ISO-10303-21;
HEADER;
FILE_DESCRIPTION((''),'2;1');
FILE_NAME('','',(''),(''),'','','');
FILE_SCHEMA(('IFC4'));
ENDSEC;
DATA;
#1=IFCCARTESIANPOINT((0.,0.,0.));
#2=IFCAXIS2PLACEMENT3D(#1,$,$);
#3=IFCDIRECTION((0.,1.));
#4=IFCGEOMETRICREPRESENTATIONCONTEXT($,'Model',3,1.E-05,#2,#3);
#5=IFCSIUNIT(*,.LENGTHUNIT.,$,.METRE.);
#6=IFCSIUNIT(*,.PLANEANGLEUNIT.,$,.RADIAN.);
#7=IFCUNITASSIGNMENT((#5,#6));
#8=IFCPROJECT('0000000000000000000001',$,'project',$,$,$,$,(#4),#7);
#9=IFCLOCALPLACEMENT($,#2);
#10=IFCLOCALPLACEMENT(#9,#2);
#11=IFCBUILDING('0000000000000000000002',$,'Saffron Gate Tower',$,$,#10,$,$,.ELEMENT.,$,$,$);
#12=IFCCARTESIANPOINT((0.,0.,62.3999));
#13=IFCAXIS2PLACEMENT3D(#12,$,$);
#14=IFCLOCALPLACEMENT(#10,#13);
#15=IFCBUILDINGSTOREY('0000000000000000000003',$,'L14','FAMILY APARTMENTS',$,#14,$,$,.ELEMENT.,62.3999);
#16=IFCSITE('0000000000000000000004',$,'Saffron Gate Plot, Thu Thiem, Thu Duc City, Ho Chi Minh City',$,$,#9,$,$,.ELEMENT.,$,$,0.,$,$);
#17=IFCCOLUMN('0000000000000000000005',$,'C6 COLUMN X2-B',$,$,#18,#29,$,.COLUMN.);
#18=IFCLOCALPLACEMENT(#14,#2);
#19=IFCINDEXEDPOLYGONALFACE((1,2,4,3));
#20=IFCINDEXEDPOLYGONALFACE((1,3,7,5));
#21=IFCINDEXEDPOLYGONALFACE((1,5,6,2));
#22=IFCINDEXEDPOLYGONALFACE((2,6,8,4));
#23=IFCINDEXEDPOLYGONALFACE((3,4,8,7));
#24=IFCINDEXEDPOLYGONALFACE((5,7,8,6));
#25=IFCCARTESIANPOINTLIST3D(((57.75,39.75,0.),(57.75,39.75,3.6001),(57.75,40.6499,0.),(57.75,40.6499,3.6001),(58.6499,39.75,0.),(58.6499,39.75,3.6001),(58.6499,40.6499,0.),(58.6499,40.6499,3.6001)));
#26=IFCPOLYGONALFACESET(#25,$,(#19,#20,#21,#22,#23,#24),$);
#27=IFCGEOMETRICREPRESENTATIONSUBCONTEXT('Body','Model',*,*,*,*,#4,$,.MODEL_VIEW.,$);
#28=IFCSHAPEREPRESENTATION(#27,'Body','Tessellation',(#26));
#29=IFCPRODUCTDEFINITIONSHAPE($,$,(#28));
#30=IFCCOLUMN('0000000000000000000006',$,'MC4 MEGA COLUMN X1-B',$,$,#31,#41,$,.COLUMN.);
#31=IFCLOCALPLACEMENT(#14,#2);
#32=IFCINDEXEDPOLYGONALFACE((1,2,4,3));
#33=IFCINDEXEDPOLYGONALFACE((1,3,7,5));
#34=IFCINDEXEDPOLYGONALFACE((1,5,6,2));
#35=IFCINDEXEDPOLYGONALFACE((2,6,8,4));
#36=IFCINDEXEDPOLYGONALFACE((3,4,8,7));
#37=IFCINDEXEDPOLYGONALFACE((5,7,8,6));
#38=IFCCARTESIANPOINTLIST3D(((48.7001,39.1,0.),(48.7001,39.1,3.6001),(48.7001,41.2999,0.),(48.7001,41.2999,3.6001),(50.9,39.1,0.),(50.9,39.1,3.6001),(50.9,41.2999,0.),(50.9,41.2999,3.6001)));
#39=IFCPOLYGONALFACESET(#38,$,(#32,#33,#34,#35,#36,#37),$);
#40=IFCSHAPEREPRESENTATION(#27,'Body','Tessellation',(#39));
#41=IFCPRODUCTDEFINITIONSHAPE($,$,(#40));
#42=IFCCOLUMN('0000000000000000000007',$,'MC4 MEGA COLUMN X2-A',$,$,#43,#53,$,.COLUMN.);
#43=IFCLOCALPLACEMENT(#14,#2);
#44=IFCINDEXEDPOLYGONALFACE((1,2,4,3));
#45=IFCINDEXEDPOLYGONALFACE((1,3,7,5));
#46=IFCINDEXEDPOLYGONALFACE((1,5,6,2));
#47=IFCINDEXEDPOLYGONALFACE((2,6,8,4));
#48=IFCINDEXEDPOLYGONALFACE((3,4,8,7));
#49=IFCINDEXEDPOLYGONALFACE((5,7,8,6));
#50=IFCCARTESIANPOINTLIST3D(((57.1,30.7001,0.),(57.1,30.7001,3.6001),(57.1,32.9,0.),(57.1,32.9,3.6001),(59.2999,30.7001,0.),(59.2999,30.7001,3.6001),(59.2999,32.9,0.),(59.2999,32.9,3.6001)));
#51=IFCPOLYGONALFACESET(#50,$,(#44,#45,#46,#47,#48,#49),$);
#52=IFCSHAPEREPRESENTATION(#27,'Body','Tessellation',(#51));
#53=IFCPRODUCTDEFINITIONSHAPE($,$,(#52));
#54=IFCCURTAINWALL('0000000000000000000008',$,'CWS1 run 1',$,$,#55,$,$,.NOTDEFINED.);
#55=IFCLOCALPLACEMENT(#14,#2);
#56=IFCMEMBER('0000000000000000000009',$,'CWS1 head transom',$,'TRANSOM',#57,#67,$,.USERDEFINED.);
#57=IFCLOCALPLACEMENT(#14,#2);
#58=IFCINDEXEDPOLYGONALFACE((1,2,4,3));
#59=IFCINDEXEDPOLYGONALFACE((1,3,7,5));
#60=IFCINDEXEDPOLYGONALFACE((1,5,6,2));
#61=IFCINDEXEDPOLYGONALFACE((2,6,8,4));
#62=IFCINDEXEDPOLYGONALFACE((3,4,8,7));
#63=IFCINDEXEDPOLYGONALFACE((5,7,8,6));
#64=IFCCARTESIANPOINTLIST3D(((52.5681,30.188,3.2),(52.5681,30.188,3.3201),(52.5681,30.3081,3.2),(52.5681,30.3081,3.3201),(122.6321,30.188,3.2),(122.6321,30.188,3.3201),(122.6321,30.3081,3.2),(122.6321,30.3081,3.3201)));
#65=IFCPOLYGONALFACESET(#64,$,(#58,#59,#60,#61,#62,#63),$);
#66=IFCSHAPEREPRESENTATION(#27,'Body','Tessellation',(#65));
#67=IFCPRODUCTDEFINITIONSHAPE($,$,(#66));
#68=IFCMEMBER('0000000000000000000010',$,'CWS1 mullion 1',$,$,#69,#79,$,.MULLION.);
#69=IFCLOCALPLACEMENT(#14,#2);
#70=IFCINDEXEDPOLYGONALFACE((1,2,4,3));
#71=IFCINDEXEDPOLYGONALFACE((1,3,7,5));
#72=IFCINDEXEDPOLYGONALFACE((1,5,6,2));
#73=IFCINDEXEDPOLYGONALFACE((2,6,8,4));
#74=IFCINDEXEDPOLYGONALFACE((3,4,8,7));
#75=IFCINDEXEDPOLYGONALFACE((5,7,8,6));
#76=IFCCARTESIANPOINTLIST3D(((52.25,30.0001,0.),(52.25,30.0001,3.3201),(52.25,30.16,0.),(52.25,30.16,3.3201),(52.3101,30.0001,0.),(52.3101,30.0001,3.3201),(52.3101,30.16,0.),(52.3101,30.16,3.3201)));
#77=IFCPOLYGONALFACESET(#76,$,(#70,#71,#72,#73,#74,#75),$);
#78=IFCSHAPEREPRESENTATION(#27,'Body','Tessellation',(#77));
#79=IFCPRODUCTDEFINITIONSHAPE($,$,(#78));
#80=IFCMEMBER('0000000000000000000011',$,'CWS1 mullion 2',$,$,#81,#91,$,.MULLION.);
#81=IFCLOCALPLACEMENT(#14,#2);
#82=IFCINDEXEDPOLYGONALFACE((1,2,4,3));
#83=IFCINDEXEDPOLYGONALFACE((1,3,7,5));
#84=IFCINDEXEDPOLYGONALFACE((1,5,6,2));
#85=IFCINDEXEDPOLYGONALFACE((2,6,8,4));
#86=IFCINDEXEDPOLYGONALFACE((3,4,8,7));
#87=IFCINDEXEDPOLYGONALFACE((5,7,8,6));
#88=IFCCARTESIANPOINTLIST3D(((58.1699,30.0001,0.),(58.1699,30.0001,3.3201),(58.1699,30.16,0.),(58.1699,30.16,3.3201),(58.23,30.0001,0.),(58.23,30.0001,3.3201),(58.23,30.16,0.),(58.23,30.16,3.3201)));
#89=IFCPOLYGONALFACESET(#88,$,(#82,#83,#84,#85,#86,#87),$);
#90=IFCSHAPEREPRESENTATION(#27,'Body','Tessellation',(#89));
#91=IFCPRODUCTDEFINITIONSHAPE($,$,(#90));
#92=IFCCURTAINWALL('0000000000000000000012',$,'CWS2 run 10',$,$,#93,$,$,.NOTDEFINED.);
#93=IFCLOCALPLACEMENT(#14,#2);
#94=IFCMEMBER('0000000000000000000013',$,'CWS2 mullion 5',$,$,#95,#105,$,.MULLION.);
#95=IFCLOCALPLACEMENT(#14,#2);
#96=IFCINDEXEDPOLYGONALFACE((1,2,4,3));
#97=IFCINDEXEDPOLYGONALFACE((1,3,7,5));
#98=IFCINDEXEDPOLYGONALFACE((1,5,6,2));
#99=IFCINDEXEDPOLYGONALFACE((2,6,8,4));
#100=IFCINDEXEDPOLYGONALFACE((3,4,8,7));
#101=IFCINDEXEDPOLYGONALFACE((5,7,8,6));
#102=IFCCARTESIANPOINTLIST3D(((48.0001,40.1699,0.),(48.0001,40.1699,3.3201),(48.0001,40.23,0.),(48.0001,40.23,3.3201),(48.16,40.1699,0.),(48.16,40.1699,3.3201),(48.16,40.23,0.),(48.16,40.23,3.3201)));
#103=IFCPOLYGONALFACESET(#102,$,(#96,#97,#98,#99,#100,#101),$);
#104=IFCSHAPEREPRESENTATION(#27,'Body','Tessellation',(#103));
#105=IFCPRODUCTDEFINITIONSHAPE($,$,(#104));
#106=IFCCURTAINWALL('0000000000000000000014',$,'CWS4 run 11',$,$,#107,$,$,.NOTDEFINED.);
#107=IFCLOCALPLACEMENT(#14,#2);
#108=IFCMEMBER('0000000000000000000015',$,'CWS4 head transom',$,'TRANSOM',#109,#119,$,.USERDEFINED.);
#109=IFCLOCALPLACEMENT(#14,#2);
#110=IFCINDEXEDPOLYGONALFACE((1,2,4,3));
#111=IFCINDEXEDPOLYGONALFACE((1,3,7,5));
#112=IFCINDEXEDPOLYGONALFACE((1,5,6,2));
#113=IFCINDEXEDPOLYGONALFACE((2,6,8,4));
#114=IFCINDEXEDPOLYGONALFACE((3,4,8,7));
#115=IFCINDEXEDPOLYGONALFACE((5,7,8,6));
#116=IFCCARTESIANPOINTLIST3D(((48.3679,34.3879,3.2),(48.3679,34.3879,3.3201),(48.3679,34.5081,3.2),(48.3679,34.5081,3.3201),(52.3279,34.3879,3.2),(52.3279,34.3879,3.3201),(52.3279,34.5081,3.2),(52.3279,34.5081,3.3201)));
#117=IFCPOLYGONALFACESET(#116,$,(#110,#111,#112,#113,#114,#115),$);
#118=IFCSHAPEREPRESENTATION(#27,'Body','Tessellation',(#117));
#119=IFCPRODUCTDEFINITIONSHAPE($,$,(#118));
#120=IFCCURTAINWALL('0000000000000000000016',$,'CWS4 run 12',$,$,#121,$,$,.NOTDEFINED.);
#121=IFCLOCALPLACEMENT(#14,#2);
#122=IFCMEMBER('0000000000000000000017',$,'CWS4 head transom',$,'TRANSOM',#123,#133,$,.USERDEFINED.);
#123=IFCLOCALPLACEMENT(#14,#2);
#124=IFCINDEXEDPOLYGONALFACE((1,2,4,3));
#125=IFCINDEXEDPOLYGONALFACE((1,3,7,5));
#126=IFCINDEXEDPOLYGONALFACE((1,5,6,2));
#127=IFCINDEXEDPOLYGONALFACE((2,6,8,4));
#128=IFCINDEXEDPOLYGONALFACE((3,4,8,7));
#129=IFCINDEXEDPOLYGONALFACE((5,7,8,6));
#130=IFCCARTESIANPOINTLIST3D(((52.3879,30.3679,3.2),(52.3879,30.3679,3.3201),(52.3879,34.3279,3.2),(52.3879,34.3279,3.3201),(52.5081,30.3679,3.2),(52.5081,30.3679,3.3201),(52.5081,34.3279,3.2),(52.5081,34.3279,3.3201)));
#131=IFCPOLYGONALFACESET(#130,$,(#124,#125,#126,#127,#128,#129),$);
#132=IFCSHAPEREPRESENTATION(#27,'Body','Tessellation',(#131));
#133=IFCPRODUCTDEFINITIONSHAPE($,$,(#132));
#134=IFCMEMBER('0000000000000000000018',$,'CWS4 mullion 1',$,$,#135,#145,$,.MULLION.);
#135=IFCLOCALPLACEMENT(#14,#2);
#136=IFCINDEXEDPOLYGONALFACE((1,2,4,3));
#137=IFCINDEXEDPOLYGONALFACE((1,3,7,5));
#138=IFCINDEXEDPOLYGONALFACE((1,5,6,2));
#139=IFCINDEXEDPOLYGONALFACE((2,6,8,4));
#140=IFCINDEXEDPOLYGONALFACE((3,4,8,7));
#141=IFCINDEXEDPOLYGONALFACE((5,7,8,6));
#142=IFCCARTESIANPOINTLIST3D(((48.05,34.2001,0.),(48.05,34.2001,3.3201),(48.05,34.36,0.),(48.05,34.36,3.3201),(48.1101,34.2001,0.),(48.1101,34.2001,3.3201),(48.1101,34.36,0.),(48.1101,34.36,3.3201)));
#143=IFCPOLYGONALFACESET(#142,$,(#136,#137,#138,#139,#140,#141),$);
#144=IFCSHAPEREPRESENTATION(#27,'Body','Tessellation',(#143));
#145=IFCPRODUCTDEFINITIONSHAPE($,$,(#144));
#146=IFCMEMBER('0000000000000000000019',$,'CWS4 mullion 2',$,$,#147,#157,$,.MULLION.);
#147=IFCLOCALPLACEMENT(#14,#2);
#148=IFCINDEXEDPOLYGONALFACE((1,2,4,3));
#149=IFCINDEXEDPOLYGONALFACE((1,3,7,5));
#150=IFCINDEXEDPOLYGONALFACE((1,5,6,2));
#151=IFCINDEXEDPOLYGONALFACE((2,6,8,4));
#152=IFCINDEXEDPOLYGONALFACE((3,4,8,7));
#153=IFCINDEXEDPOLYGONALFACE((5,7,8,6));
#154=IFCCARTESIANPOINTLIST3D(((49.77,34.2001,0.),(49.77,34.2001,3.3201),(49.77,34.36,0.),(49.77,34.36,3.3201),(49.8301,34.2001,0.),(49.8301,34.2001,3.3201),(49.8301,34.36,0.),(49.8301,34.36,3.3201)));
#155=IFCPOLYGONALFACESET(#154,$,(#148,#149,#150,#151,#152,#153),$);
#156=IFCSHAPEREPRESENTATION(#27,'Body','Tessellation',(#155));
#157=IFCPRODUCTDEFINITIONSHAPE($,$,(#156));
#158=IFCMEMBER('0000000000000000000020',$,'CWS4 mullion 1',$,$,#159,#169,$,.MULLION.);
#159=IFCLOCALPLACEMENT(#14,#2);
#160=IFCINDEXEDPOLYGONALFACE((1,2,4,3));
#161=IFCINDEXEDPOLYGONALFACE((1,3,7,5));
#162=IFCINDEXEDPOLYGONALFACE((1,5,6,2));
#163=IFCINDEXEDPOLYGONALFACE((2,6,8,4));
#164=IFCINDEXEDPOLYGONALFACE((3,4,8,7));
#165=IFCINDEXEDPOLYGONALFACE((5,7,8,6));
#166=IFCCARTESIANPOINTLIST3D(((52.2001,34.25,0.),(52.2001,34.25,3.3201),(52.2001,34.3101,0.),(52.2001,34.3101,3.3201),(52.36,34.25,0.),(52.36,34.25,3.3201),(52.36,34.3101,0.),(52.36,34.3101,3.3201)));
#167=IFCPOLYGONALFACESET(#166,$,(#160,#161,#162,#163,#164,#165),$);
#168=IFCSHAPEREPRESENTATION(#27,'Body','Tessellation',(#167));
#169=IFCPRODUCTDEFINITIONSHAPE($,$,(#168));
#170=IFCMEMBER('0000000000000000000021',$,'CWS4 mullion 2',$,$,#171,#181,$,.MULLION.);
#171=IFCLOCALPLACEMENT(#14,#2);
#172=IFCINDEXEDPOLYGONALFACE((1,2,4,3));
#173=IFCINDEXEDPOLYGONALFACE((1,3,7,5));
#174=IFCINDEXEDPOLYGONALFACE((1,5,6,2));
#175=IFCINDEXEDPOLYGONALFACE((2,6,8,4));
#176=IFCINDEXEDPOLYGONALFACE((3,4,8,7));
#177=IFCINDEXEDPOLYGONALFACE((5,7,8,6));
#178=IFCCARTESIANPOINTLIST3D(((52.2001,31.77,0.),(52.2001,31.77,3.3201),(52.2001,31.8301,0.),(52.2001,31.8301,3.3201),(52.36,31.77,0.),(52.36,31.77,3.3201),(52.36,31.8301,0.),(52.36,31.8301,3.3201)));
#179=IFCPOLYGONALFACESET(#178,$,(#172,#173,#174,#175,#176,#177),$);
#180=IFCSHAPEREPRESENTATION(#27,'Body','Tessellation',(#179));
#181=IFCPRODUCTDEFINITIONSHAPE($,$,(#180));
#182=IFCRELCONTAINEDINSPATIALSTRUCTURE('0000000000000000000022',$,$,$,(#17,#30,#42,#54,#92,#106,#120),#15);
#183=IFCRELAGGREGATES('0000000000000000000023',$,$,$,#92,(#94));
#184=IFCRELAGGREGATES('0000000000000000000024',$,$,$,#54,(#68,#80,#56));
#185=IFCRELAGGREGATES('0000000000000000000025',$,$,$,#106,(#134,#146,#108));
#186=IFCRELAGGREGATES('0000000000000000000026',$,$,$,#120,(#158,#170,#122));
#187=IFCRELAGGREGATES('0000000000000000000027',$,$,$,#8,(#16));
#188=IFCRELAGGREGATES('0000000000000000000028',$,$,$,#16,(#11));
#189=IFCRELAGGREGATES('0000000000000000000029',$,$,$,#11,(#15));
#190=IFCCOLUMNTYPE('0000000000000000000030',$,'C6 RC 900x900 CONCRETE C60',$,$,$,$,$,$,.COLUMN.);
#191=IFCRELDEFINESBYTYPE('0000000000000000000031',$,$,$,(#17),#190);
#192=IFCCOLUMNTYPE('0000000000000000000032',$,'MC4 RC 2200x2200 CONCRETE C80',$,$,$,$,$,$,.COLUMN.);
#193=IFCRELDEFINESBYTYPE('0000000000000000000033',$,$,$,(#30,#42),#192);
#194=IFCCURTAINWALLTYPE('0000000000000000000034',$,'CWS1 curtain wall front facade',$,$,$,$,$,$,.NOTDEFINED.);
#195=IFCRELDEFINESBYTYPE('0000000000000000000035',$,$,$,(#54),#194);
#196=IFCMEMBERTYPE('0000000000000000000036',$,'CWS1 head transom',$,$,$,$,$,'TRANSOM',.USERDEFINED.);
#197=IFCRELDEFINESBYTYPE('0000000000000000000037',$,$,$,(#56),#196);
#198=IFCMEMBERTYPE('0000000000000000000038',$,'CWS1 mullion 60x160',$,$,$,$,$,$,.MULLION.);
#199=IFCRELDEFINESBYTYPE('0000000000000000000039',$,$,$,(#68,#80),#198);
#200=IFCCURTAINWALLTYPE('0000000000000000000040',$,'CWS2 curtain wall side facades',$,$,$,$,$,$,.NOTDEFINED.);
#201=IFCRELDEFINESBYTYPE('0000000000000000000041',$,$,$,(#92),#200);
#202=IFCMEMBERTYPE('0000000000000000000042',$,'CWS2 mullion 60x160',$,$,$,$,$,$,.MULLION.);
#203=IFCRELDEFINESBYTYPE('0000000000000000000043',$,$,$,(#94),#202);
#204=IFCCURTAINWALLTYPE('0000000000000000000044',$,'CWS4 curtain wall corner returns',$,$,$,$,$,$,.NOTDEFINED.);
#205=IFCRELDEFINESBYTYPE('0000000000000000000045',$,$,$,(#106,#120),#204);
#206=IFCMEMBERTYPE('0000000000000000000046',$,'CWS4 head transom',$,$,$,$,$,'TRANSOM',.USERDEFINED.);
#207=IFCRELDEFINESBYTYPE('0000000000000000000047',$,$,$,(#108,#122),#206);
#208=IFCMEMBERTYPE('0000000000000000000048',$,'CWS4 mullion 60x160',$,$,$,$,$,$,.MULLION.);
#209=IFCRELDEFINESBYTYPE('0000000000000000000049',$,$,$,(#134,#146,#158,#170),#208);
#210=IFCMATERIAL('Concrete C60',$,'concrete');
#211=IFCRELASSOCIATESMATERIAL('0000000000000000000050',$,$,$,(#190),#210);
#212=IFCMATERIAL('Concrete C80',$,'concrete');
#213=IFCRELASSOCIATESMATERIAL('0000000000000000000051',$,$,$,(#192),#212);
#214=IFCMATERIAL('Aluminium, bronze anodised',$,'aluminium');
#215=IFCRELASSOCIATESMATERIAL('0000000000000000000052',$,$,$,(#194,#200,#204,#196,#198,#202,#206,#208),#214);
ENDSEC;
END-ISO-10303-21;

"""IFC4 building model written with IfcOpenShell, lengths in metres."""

from ifc_helpers import new_model, si_unit, direction, frame, origin, origin_2d, place, context, subcontext, project, spatial, rectangle, extrude, material, material_profile, profile_set, type_object, element, aggregate, save


model = new_model("IFC4")

# Units and contexts
model_context = context("Model", 3, precision=1e-05, world=origin(), true_north=direction((0.0, 1.0)))
body_context = subcontext(model_context, "Body", "Model", "MODEL_VIEW")
ifc_project = project(units=[si_unit("LENGTHUNIT", "METRE"), si_unit("PLANEANGLEUNIT", "RADIAN")], contexts=[model_context])

# Site, building, storey
site_placement = place(None, origin())
site = spatial("IfcSite", under=ifc_project, at=site_placement, Name="Saffron Gate Plot, Thu Thiem, Thu Duc City, Ho Chi Minh City", CompositionType="ELEMENT", RefElevation=0.0)
building_placement = place(site_placement, origin())
building = spatial("IfcBuilding", under=site, at=building_placement, Name="Saffron Gate Tower", CompositionType="ELEMENT")
storey_placement = place(building_placement, frame((0.0, 0.0, 62.3999)))
storey = spatial("IfcBuildingStorey", under=building, at=storey_placement, Name="L14", Description="FAMILY APARTMENTS", CompositionType="ELEMENT", Elevation=62.3999)

# Columns
ifc_material_1 = material(Name="Concrete C60", Category="concrete")
ifc_material_profile_1 = material_profile(ifc_material_1, rectangle(XDim=0.8999, YDim=0.8999, at=origin_2d()))
ifc_profile_set_1 = profile_set([ifc_material_profile_1], Name="Concrete C60")
column_type_1 = type_object("IfcColumnType", Name="C6 RC 900x900 CONCRETE C60", PredefinedType="COLUMN", material=ifc_profile_set_1)
column_placement = place(storey_placement, frame((58.2, 40.2, 0.0), z_axis=(0.0, 0.0, 1.0), x_axis=(1.0, 0.0, 0.0)))
element("IfcColumn", 1, at=column_placement, inside=storey, type_object=column_type_1, Name="C6 COLUMN X2-B", PredefinedType="COLUMN", context=body_context, shape_type="SweptSolid", body=[
    extrude(rectangle(XDim=0.8999, YDim=0.8999, at=origin_2d()), origin(), (0.0, 0.0, 1.0), 3.6001),
])
ifc_material_2 = material(Name="Concrete C80", Category="concrete")
ifc_material_profile_2 = material_profile(ifc_material_2, rectangle(XDim=2.2, YDim=2.2, at=origin_2d()))
ifc_profile_set_2 = profile_set([ifc_material_profile_2], Name="Concrete C80")
column_type_2 = type_object("IfcColumnType", Name="MC4 RC 2200x2200 CONCRETE C80", PredefinedType="COLUMN", material=ifc_profile_set_2)
for number, where, z_axis, x_axis, name in (
    (2, (49.8, 40.2, 0.0), (0.0, 0.0, 1.0), (1.0, 0.0, 0.0), "MC4 MEGA COLUMN X1-B"),
    (3, (58.2, 31.8, 0.0), (0.0, 0.0, 1.0), (1.0, 0.0, 0.0), "MC4 MEGA COLUMN X2-A"),
):
    element("IfcColumn", number, at=place(storey_placement, frame(where, z_axis=z_axis, x_axis=x_axis)), inside=storey, type_object=column_type_2, Name=name, PredefinedType="COLUMN", context=body_context, shape_type="SweptSolid", body=[
        extrude(rectangle(XDim=2.2, YDim=2.2, at=origin_2d()), origin(), (0.0, 0.0, 1.0), 3.6001),
    ])

# Curtain wall, members
ifc_material_3 = material(Name="Aluminium, bronze anodised", Category="aluminium")
curtain_wall_type_1 = type_object("IfcCurtainWallType", Name="CWS1 curtain wall front facade", PredefinedType="NOTDEFINED", material=ifc_material_3)
curtain_wall_1_placement = place(storey_placement, origin())
curtain_wall_1 = element("IfcCurtainWall", 4, at=curtain_wall_1_placement, inside=storey, type_object=curtain_wall_type_1, Name="CWS1 run 1", PredefinedType="NOTDEFINED")
ifc_material_profile_3 = material_profile(ifc_material_3, rectangle(XDim=0.1201, YDim=0.1201, at=origin_2d()))
ifc_profile_set_3 = profile_set([ifc_material_profile_3], Name="Aluminium, bronze anodised")
member_type_1 = type_object("IfcMemberType", Name="CWS1 head transom", ElementType="TRANSOM", PredefinedType="USERDEFINED", material=ifc_profile_set_3)
member_1_placement = place(storey_placement, frame((52.5681, 30.248, 3.26), z_axis=(1.0, 0.0, 0.0), x_axis=(0.0, 1.0, 0.0)))
member_1 = element("IfcMember", 5, at=member_1_placement, type_object=member_type_1, Name="CWS1 head transom", ObjectType="TRANSOM", PredefinedType="USERDEFINED", context=body_context, shape_type="SweptSolid", body=[
    extrude(rectangle(XDim=0.1201, YDim=0.1201, at=origin_2d()), origin(), (0.0, 0.0, 1.0), 70.064),
])
ifc_material_profile_4 = material_profile(ifc_material_3, rectangle(XDim=0.1599, YDim=0.0601, at=origin_2d()))
ifc_profile_set_4 = profile_set([ifc_material_profile_4], Name="Aluminium, bronze anodised")
member_type_2 = type_object("IfcMemberType", Name="CWS1 mullion 60x160", PredefinedType="MULLION", material=ifc_profile_set_4)
member_2_placement = place(storey_placement, frame((52.28, 30.0801, 0.0), z_axis=(0.0, 0.0, 1.0), x_axis=(0.0, 1.0, 0.0)))
member_2 = element("IfcMember", 6, at=member_2_placement, type_object=member_type_2, Name="CWS1 mullion 1", PredefinedType="MULLION", context=body_context, shape_type="SweptSolid", body=[
    extrude(rectangle(XDim=0.1599, YDim=0.0601, at=origin_2d()), origin(), (0.0, 0.0, 1.0), 3.3201),
])
member_3_placement = place(storey_placement, frame((58.2, 30.0801, 0.0), z_axis=(0.0, 0.0, 1.0), x_axis=(0.0, 1.0, 0.0)))
member_3 = element("IfcMember", 7, at=member_3_placement, type_object=member_type_2, Name="CWS1 mullion 2", PredefinedType="MULLION", context=body_context, shape_type="SweptSolid", body=[
    extrude(rectangle(XDim=0.1599, YDim=0.0601, at=origin_2d()), origin(), (0.0, 0.0, 1.0), 3.3201),
])

# Curtain walls, members
curtain_wall_type_2 = type_object("IfcCurtainWallType", Name="CWS2 curtain wall side facades", PredefinedType="NOTDEFINED", material=ifc_material_3)
curtain_wall_2_placement = place(storey_placement, origin())
curtain_wall_2 = element("IfcCurtainWall", 8, at=curtain_wall_2_placement, inside=storey, type_object=curtain_wall_type_2, Name="CWS2 run 10", PredefinedType="NOTDEFINED")
ifc_material_profile_5 = material_profile(ifc_material_3, rectangle(XDim=0.1599, YDim=0.0601, at=origin_2d()))
ifc_profile_set_5 = profile_set([ifc_material_profile_5], Name="Aluminium, bronze anodised")
member_type_3 = type_object("IfcMemberType", Name="CWS2 mullion 60x160", PredefinedType="MULLION", material=ifc_profile_set_5)
member_4_placement = place(storey_placement, frame((48.0801, 40.2, 0.0), z_axis=(0.0, 0.0, 1.0), x_axis=(1.0, 0.0, 0.0)))
member_4 = element("IfcMember", 9, at=member_4_placement, type_object=member_type_3, Name="CWS2 mullion 5", PredefinedType="MULLION", context=body_context, shape_type="SweptSolid", body=[
    extrude(rectangle(XDim=0.1599, YDim=0.0601, at=origin_2d()), origin(), (0.0, 0.0, 1.0), 3.3201),
])
aggregate(curtain_wall_2, [member_4])
curtain_wall_type_3 = type_object("IfcCurtainWallType", Name="CWS4 curtain wall corner returns", PredefinedType="NOTDEFINED", material=ifc_material_3)
curtain_wall_3_placement = place(storey_placement, origin())
curtain_wall_3 = element("IfcCurtainWall", 10, at=curtain_wall_3_placement, inside=storey, type_object=curtain_wall_type_3, Name="CWS4 run 11", PredefinedType="NOTDEFINED")
ifc_material_profile_6 = material_profile(ifc_material_3, rectangle(XDim=0.1201, YDim=0.1201, at=origin_2d()))
ifc_profile_set_6 = profile_set([ifc_material_profile_6], Name="Aluminium, bronze anodised")
member_type_4 = type_object("IfcMemberType", Name="CWS4 head transom", ElementType="TRANSOM", PredefinedType="USERDEFINED", material=ifc_profile_set_6)
member_5_placement = place(storey_placement, frame((48.3679, 34.448, 3.26), z_axis=(1.0, 0.0, 0.0), x_axis=(0.0, 1.0, 0.0)))
member_5 = element("IfcMember", 11, at=member_5_placement, type_object=member_type_4, Name="CWS4 head transom", ObjectType="TRANSOM", PredefinedType="USERDEFINED", context=body_context, shape_type="SweptSolid", body=[
    extrude(rectangle(XDim=0.1201, YDim=0.1201, at=origin_2d()), origin(), (0.0, 0.0, 1.0), 3.96),
])
curtain_wall_4_placement = place(storey_placement, origin())
curtain_wall_4 = element("IfcCurtainWall", 12, at=curtain_wall_4_placement, inside=storey, type_object=curtain_wall_type_3, Name="CWS4 run 12", PredefinedType="NOTDEFINED")
member_6_placement = place(storey_placement, frame((52.448, 34.3279, 3.26), z_axis=(0.0, -1.0, 0.0), x_axis=(1.0, 0.0, 0.0)))
member_6 = element("IfcMember", 13, at=member_6_placement, type_object=member_type_4, Name="CWS4 head transom", ObjectType="TRANSOM", PredefinedType="USERDEFINED", context=body_context, shape_type="SweptSolid", body=[
    extrude(rectangle(XDim=0.1201, YDim=0.1201, at=origin_2d()), origin(), (0.0, 0.0, 1.0), 3.96),
])

# Members
ifc_material_profile_7 = material_profile(ifc_material_3, rectangle(XDim=0.1599, YDim=0.0601, at=origin_2d()))
ifc_profile_set_7 = profile_set([ifc_material_profile_7], Name="Aluminium, bronze anodised")
member_type_5 = type_object("IfcMemberType", Name="CWS4 mullion 60x160", PredefinedType="MULLION", material=ifc_profile_set_7)
member_7_placement = place(storey_placement, frame((48.0801, 34.28, 0.0), z_axis=(0.0, 0.0, 1.0), x_axis=(0.0, 1.0, 0.0)))
member_7 = element("IfcMember", 14, at=member_7_placement, type_object=member_type_5, Name="CWS4 mullion 1", PredefinedType="MULLION", context=body_context, shape_type="SweptSolid", body=[
    extrude(rectangle(XDim=0.1599, YDim=0.0601, at=origin_2d()), origin(), (0.0, 0.0, 1.0), 3.3201),
])
member_8_placement = place(storey_placement, frame((49.8, 34.28, 0.0), z_axis=(0.0, 0.0, 1.0), x_axis=(0.0, 1.0, 0.0)))
member_8 = element("IfcMember", 15, at=member_8_placement, type_object=member_type_5, Name="CWS4 mullion 2", PredefinedType="MULLION", context=body_context, shape_type="SweptSolid", body=[
    extrude(rectangle(XDim=0.1599, YDim=0.0601, at=origin_2d()), origin(), (0.0, 0.0, 1.0), 3.3201),
])
member_9_placement = place(storey_placement, frame((52.28, 34.28, 0.0), z_axis=(0.0, 0.0, 1.0), x_axis=(1.0, 0.0, 0.0)))
member_9 = element("IfcMember", 16, at=member_9_placement, type_object=member_type_5, Name="CWS4 mullion 1", PredefinedType="MULLION", context=body_context, shape_type="SweptSolid", body=[
    extrude(rectangle(XDim=0.1599, YDim=0.0601, at=origin_2d()), origin(), (0.0, 0.0, 1.0), 3.3201),
])
member_10_placement = place(storey_placement, frame((52.28, 31.8, 0.0), z_axis=(0.0, 0.0, 1.0), x_axis=(1.0, 0.0, 0.0)))
member_10 = element("IfcMember", 17, at=member_10_placement, type_object=member_type_5, Name="CWS4 mullion 2", PredefinedType="MULLION", context=body_context, shape_type="SweptSolid", body=[
    extrude(rectangle(XDim=0.1599, YDim=0.0601, at=origin_2d()), origin(), (0.0, 0.0, 1.0), 3.3201),
])

aggregate(curtain_wall_1, [member_2, member_3, member_1])

aggregate(curtain_wall_3, [member_7, member_8, member_5])
aggregate(curtain_wall_4, [member_9, member_10, member_6])

save(model, "model.ifc")
